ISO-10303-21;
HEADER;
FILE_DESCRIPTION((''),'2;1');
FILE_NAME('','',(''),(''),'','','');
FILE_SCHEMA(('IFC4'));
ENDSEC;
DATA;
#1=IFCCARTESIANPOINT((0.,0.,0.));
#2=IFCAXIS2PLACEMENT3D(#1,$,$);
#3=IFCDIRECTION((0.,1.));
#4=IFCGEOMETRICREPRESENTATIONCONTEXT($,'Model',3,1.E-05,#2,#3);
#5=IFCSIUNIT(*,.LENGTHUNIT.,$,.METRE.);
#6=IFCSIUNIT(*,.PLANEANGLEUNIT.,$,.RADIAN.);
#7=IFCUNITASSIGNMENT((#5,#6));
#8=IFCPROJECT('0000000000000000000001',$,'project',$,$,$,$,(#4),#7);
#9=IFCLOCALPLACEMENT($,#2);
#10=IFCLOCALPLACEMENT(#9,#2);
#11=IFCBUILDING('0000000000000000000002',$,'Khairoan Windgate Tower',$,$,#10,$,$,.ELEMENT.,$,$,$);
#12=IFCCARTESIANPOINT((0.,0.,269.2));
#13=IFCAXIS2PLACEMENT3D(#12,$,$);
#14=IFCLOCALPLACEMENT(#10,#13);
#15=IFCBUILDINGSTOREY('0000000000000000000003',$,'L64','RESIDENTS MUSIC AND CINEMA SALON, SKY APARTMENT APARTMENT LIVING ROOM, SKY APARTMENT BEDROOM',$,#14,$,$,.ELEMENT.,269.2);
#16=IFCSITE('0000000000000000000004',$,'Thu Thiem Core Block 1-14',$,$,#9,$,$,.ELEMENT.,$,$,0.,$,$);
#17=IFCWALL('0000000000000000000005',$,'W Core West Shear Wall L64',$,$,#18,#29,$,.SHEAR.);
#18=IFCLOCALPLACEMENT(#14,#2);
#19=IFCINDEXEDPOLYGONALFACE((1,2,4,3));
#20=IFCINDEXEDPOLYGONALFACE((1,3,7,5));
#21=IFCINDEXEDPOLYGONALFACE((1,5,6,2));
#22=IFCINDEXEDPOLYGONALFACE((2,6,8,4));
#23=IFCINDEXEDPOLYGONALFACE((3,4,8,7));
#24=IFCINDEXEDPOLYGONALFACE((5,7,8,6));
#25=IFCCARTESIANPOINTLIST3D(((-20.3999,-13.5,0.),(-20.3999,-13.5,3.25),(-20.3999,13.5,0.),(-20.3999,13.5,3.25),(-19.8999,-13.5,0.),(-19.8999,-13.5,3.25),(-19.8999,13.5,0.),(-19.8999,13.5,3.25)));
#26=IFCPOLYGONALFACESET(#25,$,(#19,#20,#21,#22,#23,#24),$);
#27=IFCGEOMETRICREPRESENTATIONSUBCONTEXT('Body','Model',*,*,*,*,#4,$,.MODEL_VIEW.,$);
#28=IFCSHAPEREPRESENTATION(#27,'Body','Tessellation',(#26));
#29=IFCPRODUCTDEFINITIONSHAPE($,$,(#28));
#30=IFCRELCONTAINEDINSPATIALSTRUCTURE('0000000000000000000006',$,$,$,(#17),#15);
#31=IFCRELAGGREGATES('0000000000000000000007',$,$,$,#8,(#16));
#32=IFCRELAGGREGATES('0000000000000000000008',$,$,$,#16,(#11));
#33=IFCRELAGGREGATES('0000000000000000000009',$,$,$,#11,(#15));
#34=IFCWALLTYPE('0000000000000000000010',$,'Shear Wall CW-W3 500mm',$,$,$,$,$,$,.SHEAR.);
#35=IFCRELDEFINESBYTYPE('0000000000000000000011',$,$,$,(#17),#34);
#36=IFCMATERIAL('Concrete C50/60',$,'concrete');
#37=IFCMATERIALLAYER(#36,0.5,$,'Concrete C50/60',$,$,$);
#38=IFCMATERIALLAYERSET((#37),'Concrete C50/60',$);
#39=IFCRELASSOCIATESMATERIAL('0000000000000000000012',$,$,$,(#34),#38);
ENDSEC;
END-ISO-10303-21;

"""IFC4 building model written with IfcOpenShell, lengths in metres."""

from ifc_helpers import new_model, si_unit, direction, frame, frame_2d, origin, place, context, subcontext, project, spatial, rectangle, extrude, material, layer, layer_set, type_object, element, save


model = new_model("IFC4")

# Units and contexts
model_context = context("Model", 3, precision=1e-05, world=origin(), true_north=direction((0.0, 1.0)))
body_context = subcontext(model_context, "Body", "Model", "MODEL_VIEW")
ifc_project = project(units=[si_unit("LENGTHUNIT", "METRE"), si_unit("PLANEANGLEUNIT", "RADIAN")], contexts=[model_context])

# Site, building, storey
site_placement = place(None, origin())
site = spatial("IfcSite", under=ifc_project, at=site_placement, Name="Thu Thiem Core Block 1-14", CompositionType="ELEMENT", RefElevation=0.0)
building_placement = place(site_placement, origin())
building = spatial("IfcBuilding", under=site, at=building_placement, Name="Khairoan Windgate Tower", CompositionType="ELEMENT")
storey_placement = place(building_placement, frame((0.0, 0.0, 269.2)))
storey = spatial("IfcBuildingStorey", under=building, at=storey_placement, Name="L64", Description="RESIDENTS MUSIC AND CINEMA SALON, SKY APARTMENT APARTMENT LIVING ROOM, SKY APARTMENT BEDROOM", CompositionType="ELEMENT", Elevation=269.2)

# Wall
ifc_material_1 = material(Name="Concrete C50/60", Category="concrete")
ifc_layer_1 = layer(ifc_material_1, 0.5, Name="Concrete C50/60")
ifc_layer_set_1 = layer_set([ifc_layer_1], Name="Concrete C50/60")
wall_type_1 = type_object("IfcWallType", Name="Shear Wall CW-W3 500mm", PredefinedType="SHEAR", material=ifc_layer_set_1)
wall_1_placement = place(storey_placement, frame((-20.1499, -13.5, 0.0), z_axis=(0.0, 0.0, 1.0), x_axis=(0.0, 1.0, 0.0)))
element("IfcWall", 1, at=wall_1_placement, inside=storey, type_object=wall_type_1, Name="W Core West Shear Wall L64", PredefinedType="SHEAR", context=body_context, shape_type="SweptSolid", body=[
    extrude(rectangle(XDim=27.0, YDim=0.5, at=frame_2d((13.5, 0.0))), origin(), (0.0, 0.0, 1.0), 3.25),
])

save(model, "model.ifc")
